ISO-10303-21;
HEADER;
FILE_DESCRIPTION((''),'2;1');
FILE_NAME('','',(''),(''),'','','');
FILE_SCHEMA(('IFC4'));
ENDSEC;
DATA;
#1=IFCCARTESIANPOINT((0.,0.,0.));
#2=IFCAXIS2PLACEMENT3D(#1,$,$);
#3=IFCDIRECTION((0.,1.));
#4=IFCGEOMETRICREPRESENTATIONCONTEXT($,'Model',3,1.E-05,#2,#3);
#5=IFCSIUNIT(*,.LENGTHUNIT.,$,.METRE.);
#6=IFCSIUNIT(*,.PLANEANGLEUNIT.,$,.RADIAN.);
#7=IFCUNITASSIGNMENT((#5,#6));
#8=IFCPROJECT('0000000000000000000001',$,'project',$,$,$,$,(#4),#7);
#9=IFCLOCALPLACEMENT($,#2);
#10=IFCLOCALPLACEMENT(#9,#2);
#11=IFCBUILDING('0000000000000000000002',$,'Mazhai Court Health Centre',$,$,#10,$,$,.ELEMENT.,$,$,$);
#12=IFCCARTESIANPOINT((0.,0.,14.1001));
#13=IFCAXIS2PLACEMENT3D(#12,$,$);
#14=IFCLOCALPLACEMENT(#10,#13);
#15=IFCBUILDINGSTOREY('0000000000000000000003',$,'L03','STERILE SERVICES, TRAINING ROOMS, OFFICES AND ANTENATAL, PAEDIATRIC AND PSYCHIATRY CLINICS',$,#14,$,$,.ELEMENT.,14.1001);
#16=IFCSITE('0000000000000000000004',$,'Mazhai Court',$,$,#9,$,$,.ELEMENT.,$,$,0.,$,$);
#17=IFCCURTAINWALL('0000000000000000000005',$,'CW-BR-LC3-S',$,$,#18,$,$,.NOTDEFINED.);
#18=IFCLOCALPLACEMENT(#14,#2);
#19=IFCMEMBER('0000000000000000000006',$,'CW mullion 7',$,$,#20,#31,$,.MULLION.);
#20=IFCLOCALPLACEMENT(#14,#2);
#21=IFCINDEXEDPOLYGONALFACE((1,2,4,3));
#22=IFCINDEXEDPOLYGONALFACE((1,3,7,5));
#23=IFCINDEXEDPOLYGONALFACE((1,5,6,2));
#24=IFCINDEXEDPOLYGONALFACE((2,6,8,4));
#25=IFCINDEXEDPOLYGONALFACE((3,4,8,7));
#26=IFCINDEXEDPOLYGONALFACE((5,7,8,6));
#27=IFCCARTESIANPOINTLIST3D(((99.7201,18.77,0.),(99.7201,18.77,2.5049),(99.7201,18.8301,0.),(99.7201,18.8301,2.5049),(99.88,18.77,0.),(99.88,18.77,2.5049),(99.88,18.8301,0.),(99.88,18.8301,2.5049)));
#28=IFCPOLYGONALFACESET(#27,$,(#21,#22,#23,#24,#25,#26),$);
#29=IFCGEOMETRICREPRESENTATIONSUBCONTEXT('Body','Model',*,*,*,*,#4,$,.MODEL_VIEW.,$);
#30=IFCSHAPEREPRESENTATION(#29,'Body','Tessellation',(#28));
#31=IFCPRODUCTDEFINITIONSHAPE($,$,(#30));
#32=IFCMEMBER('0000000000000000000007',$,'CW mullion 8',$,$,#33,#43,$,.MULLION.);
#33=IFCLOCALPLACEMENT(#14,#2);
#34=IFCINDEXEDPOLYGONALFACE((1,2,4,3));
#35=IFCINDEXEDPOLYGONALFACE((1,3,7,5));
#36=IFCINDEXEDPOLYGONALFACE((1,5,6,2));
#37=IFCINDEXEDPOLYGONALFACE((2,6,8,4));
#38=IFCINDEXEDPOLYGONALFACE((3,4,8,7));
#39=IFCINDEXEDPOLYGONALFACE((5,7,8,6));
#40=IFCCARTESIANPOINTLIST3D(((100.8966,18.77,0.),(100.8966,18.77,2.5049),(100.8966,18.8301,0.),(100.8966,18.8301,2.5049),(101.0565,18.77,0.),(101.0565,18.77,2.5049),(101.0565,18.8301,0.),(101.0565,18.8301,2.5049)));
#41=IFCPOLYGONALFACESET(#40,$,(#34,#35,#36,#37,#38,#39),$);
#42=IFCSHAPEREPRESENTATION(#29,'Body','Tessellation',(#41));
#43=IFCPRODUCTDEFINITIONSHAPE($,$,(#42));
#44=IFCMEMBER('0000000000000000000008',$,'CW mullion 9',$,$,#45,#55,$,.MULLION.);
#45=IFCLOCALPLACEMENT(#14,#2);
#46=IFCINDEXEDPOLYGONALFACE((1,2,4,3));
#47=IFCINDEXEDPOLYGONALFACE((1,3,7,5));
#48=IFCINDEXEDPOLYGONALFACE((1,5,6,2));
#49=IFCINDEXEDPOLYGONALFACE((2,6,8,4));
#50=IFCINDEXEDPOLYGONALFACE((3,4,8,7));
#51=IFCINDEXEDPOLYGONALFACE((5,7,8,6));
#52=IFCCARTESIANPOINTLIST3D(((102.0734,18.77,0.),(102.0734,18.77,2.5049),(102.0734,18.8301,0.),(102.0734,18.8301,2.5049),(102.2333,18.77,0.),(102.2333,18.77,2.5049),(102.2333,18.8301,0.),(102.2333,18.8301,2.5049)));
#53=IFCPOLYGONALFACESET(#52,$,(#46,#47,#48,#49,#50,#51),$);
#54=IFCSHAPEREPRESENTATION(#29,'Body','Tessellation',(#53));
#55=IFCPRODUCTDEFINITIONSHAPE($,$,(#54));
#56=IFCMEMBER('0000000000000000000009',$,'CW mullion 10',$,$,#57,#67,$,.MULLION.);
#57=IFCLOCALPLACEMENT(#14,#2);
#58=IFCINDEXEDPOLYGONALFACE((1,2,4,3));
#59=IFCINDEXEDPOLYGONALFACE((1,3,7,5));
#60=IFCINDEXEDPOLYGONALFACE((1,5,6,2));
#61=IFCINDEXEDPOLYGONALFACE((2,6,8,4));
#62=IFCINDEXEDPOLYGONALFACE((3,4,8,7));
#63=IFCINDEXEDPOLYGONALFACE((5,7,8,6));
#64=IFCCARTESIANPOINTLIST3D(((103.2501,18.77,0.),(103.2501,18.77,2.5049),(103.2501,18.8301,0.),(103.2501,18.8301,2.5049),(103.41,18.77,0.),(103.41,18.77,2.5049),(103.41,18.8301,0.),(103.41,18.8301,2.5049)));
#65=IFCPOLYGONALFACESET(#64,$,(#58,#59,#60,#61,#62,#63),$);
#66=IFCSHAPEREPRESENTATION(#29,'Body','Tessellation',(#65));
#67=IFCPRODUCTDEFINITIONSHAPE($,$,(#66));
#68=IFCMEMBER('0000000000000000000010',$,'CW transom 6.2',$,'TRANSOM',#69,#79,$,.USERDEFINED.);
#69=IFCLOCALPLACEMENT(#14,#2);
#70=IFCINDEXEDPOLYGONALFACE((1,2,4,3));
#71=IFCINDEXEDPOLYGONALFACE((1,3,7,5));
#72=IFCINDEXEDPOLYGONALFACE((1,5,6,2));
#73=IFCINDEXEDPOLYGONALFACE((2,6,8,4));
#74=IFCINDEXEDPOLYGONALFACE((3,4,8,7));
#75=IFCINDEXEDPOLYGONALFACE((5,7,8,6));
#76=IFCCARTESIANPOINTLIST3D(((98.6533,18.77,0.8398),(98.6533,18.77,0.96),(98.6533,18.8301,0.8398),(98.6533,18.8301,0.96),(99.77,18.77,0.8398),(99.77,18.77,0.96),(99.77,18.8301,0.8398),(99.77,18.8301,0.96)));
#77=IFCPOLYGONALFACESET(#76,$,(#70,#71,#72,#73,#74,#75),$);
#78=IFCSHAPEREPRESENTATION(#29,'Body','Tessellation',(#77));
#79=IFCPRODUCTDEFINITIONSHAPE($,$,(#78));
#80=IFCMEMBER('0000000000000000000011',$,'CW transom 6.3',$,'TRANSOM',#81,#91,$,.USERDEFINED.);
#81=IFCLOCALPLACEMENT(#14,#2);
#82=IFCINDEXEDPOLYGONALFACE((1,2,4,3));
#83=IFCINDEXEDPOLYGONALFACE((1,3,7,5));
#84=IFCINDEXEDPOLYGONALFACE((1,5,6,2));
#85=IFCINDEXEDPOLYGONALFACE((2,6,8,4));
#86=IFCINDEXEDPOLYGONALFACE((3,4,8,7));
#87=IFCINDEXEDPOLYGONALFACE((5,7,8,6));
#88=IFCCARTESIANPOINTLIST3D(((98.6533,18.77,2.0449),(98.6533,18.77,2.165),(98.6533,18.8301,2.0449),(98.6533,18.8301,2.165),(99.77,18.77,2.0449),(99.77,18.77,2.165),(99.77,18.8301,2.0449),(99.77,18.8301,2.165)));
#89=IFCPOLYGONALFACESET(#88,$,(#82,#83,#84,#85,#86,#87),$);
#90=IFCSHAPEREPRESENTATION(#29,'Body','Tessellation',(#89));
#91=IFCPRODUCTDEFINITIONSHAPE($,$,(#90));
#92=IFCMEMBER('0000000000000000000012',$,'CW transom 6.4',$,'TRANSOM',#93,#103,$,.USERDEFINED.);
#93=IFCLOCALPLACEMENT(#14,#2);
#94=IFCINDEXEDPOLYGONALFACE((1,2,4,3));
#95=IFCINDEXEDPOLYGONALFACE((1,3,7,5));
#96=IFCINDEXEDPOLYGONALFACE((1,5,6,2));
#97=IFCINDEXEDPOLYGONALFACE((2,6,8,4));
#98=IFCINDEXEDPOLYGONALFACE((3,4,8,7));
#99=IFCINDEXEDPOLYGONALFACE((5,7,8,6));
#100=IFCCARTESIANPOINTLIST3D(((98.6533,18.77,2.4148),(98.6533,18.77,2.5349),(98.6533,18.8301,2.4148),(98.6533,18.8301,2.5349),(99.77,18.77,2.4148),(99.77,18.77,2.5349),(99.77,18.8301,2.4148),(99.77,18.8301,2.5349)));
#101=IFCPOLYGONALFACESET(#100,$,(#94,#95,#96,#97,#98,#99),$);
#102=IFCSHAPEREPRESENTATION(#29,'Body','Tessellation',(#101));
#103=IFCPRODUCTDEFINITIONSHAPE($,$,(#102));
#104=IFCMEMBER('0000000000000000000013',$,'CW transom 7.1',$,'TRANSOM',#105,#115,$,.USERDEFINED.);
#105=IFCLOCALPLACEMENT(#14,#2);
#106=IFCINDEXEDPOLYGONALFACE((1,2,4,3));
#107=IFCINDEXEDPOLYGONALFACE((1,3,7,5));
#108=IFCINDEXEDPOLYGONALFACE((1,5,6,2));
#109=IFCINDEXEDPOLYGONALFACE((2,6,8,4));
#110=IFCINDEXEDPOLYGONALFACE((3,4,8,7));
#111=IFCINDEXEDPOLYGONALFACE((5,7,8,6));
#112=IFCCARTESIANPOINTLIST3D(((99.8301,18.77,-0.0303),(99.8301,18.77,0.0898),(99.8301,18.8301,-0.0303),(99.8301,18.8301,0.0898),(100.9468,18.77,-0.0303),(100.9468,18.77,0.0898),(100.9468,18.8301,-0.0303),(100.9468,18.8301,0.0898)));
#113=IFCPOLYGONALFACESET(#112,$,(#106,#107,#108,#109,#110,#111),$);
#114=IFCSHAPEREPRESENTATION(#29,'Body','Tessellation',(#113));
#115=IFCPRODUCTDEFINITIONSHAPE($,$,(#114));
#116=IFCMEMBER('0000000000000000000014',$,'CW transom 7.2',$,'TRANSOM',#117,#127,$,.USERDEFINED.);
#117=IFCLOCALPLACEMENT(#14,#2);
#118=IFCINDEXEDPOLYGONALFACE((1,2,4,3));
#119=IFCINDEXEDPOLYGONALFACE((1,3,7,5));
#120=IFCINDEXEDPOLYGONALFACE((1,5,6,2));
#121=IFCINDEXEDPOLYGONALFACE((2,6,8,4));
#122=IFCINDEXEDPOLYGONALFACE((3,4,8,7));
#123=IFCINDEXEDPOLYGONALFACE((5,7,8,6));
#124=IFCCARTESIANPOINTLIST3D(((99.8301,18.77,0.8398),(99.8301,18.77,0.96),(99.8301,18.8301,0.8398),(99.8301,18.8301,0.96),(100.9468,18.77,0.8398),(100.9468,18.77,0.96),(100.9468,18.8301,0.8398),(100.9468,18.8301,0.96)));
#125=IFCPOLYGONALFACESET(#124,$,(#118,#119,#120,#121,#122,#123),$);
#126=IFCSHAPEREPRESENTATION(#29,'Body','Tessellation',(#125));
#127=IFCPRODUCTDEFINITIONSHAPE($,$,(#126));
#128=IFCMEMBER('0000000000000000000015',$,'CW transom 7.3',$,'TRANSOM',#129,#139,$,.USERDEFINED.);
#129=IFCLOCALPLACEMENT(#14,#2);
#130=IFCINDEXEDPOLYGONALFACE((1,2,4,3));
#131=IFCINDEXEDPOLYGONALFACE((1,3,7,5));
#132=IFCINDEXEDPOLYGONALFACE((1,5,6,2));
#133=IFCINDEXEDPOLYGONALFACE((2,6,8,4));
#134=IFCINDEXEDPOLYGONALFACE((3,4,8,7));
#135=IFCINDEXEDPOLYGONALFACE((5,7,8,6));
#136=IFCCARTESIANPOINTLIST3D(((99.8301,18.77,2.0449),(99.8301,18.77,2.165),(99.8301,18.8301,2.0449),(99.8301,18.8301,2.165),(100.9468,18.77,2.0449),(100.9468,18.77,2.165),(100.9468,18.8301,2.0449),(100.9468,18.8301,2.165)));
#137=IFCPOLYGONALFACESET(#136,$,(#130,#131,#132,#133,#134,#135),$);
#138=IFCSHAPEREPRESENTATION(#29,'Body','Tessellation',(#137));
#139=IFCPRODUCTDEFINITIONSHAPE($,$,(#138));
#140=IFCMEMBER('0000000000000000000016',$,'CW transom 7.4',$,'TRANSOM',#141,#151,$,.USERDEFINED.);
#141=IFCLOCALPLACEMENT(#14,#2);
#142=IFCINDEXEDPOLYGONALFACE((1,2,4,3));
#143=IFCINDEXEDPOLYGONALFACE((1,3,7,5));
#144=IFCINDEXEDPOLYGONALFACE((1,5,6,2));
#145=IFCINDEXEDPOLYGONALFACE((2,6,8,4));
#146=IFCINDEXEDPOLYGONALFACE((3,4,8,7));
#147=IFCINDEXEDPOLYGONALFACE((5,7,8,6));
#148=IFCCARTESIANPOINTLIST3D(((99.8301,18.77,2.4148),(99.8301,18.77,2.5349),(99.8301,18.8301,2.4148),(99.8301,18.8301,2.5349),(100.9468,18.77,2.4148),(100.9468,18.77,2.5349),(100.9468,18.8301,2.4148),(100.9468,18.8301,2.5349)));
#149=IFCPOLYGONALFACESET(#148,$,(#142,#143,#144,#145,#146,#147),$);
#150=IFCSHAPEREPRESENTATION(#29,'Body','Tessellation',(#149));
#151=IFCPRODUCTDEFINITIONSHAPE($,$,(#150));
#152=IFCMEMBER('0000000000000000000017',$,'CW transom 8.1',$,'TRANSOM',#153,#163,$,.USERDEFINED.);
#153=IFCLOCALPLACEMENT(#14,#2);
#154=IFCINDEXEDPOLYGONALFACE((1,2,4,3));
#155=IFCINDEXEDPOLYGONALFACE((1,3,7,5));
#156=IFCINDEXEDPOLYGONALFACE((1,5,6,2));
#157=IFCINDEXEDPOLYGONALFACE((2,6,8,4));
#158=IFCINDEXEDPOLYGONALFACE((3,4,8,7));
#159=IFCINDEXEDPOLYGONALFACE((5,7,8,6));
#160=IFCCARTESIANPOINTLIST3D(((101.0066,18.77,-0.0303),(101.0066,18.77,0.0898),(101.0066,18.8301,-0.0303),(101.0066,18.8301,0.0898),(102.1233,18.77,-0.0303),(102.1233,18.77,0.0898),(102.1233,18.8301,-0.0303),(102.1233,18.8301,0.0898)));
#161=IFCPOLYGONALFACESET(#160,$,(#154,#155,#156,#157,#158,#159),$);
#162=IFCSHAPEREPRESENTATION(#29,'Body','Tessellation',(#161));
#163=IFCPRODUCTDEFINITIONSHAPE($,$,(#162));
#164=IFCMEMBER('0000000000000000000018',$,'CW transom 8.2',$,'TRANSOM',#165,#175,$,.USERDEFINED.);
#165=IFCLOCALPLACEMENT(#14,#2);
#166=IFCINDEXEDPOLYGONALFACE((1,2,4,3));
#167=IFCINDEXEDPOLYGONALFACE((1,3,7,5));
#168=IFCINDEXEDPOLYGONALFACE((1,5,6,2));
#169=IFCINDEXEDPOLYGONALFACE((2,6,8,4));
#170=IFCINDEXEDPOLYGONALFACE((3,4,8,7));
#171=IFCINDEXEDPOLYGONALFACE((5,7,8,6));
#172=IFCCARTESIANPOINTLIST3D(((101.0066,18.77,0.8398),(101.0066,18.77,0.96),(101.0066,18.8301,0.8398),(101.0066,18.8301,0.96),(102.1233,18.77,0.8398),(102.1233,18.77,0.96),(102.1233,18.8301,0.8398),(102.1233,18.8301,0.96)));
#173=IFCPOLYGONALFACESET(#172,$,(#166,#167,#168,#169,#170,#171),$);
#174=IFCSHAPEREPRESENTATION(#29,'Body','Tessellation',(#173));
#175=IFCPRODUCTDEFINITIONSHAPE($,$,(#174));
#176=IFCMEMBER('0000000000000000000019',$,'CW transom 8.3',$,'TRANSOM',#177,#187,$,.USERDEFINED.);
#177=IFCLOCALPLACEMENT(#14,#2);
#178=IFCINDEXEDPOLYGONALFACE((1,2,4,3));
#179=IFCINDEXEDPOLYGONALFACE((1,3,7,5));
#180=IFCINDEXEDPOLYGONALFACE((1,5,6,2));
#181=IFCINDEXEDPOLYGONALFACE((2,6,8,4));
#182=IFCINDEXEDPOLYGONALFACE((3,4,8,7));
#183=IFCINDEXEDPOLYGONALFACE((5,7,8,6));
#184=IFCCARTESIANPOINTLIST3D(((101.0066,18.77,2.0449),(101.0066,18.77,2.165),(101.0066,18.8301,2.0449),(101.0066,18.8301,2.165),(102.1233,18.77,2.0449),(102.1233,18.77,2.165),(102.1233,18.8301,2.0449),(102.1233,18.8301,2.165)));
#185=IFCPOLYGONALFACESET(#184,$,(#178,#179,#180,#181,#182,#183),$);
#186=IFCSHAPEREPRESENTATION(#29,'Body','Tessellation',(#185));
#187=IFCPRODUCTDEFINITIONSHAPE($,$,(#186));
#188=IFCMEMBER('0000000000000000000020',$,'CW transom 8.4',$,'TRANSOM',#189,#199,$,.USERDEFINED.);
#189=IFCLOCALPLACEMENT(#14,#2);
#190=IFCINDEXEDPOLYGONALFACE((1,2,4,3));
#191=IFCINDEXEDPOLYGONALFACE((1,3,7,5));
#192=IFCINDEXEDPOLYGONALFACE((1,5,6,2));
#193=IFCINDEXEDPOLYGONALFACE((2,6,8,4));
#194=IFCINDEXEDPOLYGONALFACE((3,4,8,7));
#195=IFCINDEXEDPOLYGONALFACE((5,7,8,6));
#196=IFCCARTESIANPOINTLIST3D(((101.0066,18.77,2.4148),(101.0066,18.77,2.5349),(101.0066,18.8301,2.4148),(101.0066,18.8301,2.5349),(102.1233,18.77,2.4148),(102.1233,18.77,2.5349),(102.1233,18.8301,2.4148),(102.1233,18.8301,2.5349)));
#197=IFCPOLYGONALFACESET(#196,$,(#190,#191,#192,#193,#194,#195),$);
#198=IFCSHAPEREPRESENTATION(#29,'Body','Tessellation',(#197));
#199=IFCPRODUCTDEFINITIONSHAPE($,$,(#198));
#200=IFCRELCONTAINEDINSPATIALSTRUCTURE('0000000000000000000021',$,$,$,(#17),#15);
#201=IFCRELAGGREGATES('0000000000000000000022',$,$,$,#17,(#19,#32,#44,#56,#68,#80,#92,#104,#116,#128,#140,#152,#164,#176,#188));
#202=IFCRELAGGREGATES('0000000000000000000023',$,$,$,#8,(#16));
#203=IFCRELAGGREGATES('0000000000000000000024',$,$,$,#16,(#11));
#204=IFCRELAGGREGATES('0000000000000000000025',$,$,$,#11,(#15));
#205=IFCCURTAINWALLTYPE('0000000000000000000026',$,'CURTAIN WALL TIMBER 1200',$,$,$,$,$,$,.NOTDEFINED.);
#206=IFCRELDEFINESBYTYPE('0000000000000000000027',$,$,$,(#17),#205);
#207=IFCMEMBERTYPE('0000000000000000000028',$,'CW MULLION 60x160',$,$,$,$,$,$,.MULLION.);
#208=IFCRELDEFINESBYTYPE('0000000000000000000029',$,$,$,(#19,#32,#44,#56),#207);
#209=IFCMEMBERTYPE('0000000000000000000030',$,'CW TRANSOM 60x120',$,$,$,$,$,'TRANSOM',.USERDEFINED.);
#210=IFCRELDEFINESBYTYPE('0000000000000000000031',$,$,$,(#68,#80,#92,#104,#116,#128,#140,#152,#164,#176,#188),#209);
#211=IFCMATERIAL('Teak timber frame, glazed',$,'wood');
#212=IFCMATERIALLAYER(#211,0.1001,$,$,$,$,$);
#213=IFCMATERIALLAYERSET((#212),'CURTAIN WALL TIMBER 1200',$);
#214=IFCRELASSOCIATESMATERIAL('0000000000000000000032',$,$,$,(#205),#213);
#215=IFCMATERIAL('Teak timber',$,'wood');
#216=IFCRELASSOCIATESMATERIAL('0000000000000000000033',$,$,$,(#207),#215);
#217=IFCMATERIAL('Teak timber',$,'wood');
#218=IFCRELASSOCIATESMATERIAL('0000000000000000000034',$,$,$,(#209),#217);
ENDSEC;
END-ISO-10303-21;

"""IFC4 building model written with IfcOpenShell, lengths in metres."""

from ifc_helpers import new_model, si_unit, direction, frame, origin, origin_2d, place, context, subcontext, project, spatial, rectangle, extrude, material, layer, layer_set, material_profile, profile_set, type_object, element, aggregate, save


model = new_model("IFC4")

# Units and contexts
model_context = context("Model", 3, precision=1e-05, world=origin(), true_north=direction((0.0, 1.0)))
body_context = subcontext(model_context, "Body", "Model", "MODEL_VIEW")
ifc_project = project(units=[si_unit("LENGTHUNIT", "METRE"), si_unit("PLANEANGLEUNIT", "RADIAN")], contexts=[model_context])

# Site, building, storey
site_placement = place(None, origin())
site = spatial("IfcSite", under=ifc_project, at=site_placement, Name="Mazhai Court", CompositionType="ELEMENT", RefElevation=0.0)
building_placement = place(site_placement, origin())
building = spatial("IfcBuilding", under=site, at=building_placement, Name="Mazhai Court Health Centre", CompositionType="ELEMENT")
storey_placement = place(building_placement, frame((0.0, 0.0, 14.1001)))
storey = spatial("IfcBuildingStorey", under=building, at=storey_placement, Name="L03", Description="STERILE SERVICES, TRAINING ROOMS, OFFICES AND ANTENATAL, PAEDIATRIC AND PSYCHIATRY CLINICS", CompositionType="ELEMENT", Elevation=14.1001)

# Curtain wall, members
ifc_material_1 = material(Name="Teak timber frame, glazed", Category="wood")
ifc_layer_1 = layer(ifc_material_1, 0.1001)
ifc_layer_set_1 = layer_set([ifc_layer_1], Name="CURTAIN WALL TIMBER 1200")
curtain_wall_type = type_object("IfcCurtainWallType", Name="CURTAIN WALL TIMBER 1200", PredefinedType="NOTDEFINED", material=ifc_layer_set_1)
curtain_wall_placement = place(storey_placement, origin())
curtain_wall = element("IfcCurtainWall", 1, at=curtain_wall_placement, inside=storey, type_object=curtain_wall_type, Name="CW-BR-LC3-S", PredefinedType="NOTDEFINED")
ifc_material_2 = material(Name="Teak timber", Category="wood")
ifc_material_profile_1 = material_profile(ifc_material_2, rectangle(XDim=0.0601, YDim=0.1599, at=origin_2d()), Name="CW MULLION 60x160")
ifc_profile_set_1 = profile_set([ifc_material_profile_1], Name="Teak timber")
member_type_1 = type_object("IfcMemberType", Name="CW MULLION 60x160", PredefinedType="MULLION", material=ifc_profile_set_1)
member_1_placement = place(storey_placement, frame((99.8, 18.8, 0.0), z_axis=(0.0, 0.0, 1.0), x_axis=(0.0, 1.0, 0.0)))
member_1 = element("IfcMember", 2, at=member_1_placement, type_object=member_type_1, Name="CW mullion 7", PredefinedType="MULLION", context=body_context, shape_type="SweptSolid", body=[
    extrude(rectangle(XDim=0.0601, YDim=0.1599, at=origin_2d()), origin(), (0.0, 0.0, 1.0), 2.5049),
])
member_2_placement = place(storey_placement, frame((100.9766, 18.8, 0.0), z_axis=(0.0, 0.0, 1.0), x_axis=(0.0, 1.0, 0.0)))
member_2 = element("IfcMember", 3, at=member_2_placement, type_object=member_type_1, Name="CW mullion 8", PredefinedType="MULLION", context=body_context, shape_type="SweptSolid", body=[
    extrude(rectangle(XDim=0.0601, YDim=0.1599, at=origin_2d()), origin(), (0.0, 0.0, 1.0), 2.5049),
])
member_3_placement = place(storey_placement, frame((102.1533, 18.8, 0.0), z_axis=(0.0, 0.0, 1.0), x_axis=(0.0, 1.0, 0.0)))
member_3 = element("IfcMember", 4, at=member_3_placement, type_object=member_type_1, Name="CW mullion 9", PredefinedType="MULLION", context=body_context, shape_type="SweptSolid", body=[
    extrude(rectangle(XDim=0.0601, YDim=0.1599, at=origin_2d()), origin(), (0.0, 0.0, 1.0), 2.5049),
])
member_4_placement = place(storey_placement, frame((103.3301, 18.8, 0.0), z_axis=(0.0, 0.0, 1.0), x_axis=(0.0, 1.0, 0.0)))
member_4 = element("IfcMember", 5, at=member_4_placement, type_object=member_type_1, Name="CW mullion 10", PredefinedType="MULLION", context=body_context, shape_type="SweptSolid", body=[
    extrude(rectangle(XDim=0.0601, YDim=0.1599, at=origin_2d()), origin(), (0.0, 0.0, 1.0), 2.5049),
])
ifc_material_3 = material(Name="Teak timber", Category="wood")
ifc_material_profile_2 = material_profile(ifc_material_3, rectangle(XDim=0.0601, YDim=0.1201, at=origin_2d()), Name="CW TRANSOM 60x120")
ifc_profile_set_2 = profile_set([ifc_material_profile_2], Name="Teak timber")
member_type_2 = type_object("IfcMemberType", Name="CW TRANSOM 60x120", ElementType="TRANSOM", PredefinedType="USERDEFINED", material=ifc_profile_set_2)
member_5_placement = place(storey_placement, frame((98.6533, 18.8, 0.8999), z_axis=(1.0, 0.0, 0.0), x_axis=(0.0, 1.0, 0.0)))
member_5 = element("IfcMember", 6, at=member_5_placement, type_object=member_type_2, Name="CW transom 6.2", ObjectType="TRANSOM", PredefinedType="USERDEFINED", context=body_context, shape_type="SweptSolid", body=[
    extrude(rectangle(XDim=0.0601, YDim=0.1201, at=origin_2d()), origin(), (0.0, 0.0, 1.0), 1.1167),
])
member_6_placement = place(storey_placement, frame((98.6533, 18.8, 2.105), z_axis=(1.0, 0.0, 0.0), x_axis=(0.0, 1.0, 0.0)))
member_6 = element("IfcMember", 7, at=member_6_placement, type_object=member_type_2, Name="CW transom 6.3", ObjectType="TRANSOM", PredefinedType="USERDEFINED", context=body_context, shape_type="SweptSolid", body=[
    extrude(rectangle(XDim=0.0601, YDim=0.1201, at=origin_2d()), origin(), (0.0, 0.0, 1.0), 1.1167),
])
member_7_placement = place(storey_placement, frame((98.6533, 18.8, 2.4749), z_axis=(1.0, 0.0, 0.0), x_axis=(0.0, 1.0, 0.0)))
member_7 = element("IfcMember", 8, at=member_7_placement, type_object=member_type_2, Name="CW transom 6.4", ObjectType="TRANSOM", PredefinedType="USERDEFINED", context=body_context, shape_type="SweptSolid", body=[
    extrude(rectangle(XDim=0.0601, YDim=0.1201, at=origin_2d()), origin(), (0.0, 0.0, 1.0), 1.1167),
])
member_8_placement = place(storey_placement, frame((99.8301, 18.8, 0.0298), z_axis=(1.0, 0.0, 0.0), x_axis=(0.0, 1.0, 0.0)))
member_8 = element("IfcMember", 9, at=member_8_placement, type_object=member_type_2, Name="CW transom 7.1", ObjectType="TRANSOM", PredefinedType="USERDEFINED", context=body_context, shape_type="SweptSolid", body=[
    extrude(rectangle(XDim=0.0601, YDim=0.1201, at=origin_2d()), origin(), (0.0, 0.0, 1.0), 1.1167),
])
member_9_placement = place(storey_placement, frame((99.8301, 18.8, 0.8999), z_axis=(1.0, 0.0, 0.0), x_axis=(0.0, 1.0, 0.0)))
member_9 = element("IfcMember", 10, at=member_9_placement, type_object=member_type_2, Name="CW transom 7.2", ObjectType="TRANSOM", PredefinedType="USERDEFINED", context=body_context, shape_type="SweptSolid", body=[
    extrude(rectangle(XDim=0.0601, YDim=0.1201, at=origin_2d()), origin(), (0.0, 0.0, 1.0), 1.1167),
])
member_10_placement = place(storey_placement, frame((99.8301, 18.8, 2.105), z_axis=(1.0, 0.0, 0.0), x_axis=(0.0, 1.0, 0.0)))
member_10 = element("IfcMember", 11, at=member_10_placement, type_object=member_type_2, Name="CW transom 7.3", ObjectType="TRANSOM", PredefinedType="USERDEFINED", context=body_context, shape_type="SweptSolid", body=[
    extrude(rectangle(XDim=0.0601, YDim=0.1201, at=origin_2d()), origin(), (0.0, 0.0, 1.0), 1.1167),
])
member_11_placement = place(storey_placement, frame((99.8301, 18.8, 2.4749), z_axis=(1.0, 0.0, 0.0), x_axis=(0.0, 1.0, 0.0)))
member_11 = element("IfcMember", 12, at=member_11_placement, type_object=member_type_2, Name="CW transom 7.4", ObjectType="TRANSOM", PredefinedType="USERDEFINED", context=body_context, shape_type="SweptSolid", body=[
    extrude(rectangle(XDim=0.0601, YDim=0.1201, at=origin_2d()), origin(), (0.0, 0.0, 1.0), 1.1167),
])
member_12_placement = place(storey_placement, frame((101.0066, 18.8, 0.0298), z_axis=(1.0, 0.0, 0.0), x_axis=(0.0, 1.0, 0.0)))
member_12 = element("IfcMember", 13, at=member_12_placement, type_object=member_type_2, Name="CW transom 8.1", ObjectType="TRANSOM", PredefinedType="USERDEFINED", context=body_context, shape_type="SweptSolid", body=[
    extrude(rectangle(XDim=0.0601, YDim=0.1201, at=origin_2d()), origin(), (0.0, 0.0, 1.0), 1.1167),
])
member_13_placement = place(storey_placement, frame((101.0066, 18.8, 0.8999), z_axis=(1.0, 0.0, 0.0), x_axis=(0.0, 1.0, 0.0)))
member_13 = element("IfcMember", 14, at=member_13_placement, type_object=member_type_2, Name="CW transom 8.2", ObjectType="TRANSOM", PredefinedType="USERDEFINED", context=body_context, shape_type="SweptSolid", body=[
    extrude(rectangle(XDim=0.0601, YDim=0.1201, at=origin_2d()), origin(), (0.0, 0.0, 1.0), 1.1167),
])
member_14_placement = place(storey_placement, frame((101.0066, 18.8, 2.105), z_axis=(1.0, 0.0, 0.0), x_axis=(0.0, 1.0, 0.0)))
member_14 = element("IfcMember", 15, at=member_14_placement, type_object=member_type_2, Name="CW transom 8.3", ObjectType="TRANSOM", PredefinedType="USERDEFINED", context=body_context, shape_type="SweptSolid", body=[
    extrude(rectangle(XDim=0.0601, YDim=0.1201, at=origin_2d()), origin(), (0.0, 0.0, 1.0), 1.1167),
])
member_15_placement = place(storey_placement, frame((101.0066, 18.8, 2.4749), z_axis=(1.0, 0.0, 0.0), x_axis=(0.0, 1.0, 0.0)))
member_15 = element("IfcMember", 16, at=member_15_placement, type_object=member_type_2, Name="CW transom 8.4", ObjectType="TRANSOM", PredefinedType="USERDEFINED", context=body_context, shape_type="SweptSolid", body=[
    extrude(rectangle(XDim=0.0601, YDim=0.1201, at=origin_2d()), origin(), (0.0, 0.0, 1.0), 1.1167),
])
aggregate(curtain_wall, [member_1, member_2, member_3, member_4, member_5, member_6, member_7, member_8, member_9, member_10, member_11, member_12, member_13, member_14, member_15])

save(model, "model.ifc")
